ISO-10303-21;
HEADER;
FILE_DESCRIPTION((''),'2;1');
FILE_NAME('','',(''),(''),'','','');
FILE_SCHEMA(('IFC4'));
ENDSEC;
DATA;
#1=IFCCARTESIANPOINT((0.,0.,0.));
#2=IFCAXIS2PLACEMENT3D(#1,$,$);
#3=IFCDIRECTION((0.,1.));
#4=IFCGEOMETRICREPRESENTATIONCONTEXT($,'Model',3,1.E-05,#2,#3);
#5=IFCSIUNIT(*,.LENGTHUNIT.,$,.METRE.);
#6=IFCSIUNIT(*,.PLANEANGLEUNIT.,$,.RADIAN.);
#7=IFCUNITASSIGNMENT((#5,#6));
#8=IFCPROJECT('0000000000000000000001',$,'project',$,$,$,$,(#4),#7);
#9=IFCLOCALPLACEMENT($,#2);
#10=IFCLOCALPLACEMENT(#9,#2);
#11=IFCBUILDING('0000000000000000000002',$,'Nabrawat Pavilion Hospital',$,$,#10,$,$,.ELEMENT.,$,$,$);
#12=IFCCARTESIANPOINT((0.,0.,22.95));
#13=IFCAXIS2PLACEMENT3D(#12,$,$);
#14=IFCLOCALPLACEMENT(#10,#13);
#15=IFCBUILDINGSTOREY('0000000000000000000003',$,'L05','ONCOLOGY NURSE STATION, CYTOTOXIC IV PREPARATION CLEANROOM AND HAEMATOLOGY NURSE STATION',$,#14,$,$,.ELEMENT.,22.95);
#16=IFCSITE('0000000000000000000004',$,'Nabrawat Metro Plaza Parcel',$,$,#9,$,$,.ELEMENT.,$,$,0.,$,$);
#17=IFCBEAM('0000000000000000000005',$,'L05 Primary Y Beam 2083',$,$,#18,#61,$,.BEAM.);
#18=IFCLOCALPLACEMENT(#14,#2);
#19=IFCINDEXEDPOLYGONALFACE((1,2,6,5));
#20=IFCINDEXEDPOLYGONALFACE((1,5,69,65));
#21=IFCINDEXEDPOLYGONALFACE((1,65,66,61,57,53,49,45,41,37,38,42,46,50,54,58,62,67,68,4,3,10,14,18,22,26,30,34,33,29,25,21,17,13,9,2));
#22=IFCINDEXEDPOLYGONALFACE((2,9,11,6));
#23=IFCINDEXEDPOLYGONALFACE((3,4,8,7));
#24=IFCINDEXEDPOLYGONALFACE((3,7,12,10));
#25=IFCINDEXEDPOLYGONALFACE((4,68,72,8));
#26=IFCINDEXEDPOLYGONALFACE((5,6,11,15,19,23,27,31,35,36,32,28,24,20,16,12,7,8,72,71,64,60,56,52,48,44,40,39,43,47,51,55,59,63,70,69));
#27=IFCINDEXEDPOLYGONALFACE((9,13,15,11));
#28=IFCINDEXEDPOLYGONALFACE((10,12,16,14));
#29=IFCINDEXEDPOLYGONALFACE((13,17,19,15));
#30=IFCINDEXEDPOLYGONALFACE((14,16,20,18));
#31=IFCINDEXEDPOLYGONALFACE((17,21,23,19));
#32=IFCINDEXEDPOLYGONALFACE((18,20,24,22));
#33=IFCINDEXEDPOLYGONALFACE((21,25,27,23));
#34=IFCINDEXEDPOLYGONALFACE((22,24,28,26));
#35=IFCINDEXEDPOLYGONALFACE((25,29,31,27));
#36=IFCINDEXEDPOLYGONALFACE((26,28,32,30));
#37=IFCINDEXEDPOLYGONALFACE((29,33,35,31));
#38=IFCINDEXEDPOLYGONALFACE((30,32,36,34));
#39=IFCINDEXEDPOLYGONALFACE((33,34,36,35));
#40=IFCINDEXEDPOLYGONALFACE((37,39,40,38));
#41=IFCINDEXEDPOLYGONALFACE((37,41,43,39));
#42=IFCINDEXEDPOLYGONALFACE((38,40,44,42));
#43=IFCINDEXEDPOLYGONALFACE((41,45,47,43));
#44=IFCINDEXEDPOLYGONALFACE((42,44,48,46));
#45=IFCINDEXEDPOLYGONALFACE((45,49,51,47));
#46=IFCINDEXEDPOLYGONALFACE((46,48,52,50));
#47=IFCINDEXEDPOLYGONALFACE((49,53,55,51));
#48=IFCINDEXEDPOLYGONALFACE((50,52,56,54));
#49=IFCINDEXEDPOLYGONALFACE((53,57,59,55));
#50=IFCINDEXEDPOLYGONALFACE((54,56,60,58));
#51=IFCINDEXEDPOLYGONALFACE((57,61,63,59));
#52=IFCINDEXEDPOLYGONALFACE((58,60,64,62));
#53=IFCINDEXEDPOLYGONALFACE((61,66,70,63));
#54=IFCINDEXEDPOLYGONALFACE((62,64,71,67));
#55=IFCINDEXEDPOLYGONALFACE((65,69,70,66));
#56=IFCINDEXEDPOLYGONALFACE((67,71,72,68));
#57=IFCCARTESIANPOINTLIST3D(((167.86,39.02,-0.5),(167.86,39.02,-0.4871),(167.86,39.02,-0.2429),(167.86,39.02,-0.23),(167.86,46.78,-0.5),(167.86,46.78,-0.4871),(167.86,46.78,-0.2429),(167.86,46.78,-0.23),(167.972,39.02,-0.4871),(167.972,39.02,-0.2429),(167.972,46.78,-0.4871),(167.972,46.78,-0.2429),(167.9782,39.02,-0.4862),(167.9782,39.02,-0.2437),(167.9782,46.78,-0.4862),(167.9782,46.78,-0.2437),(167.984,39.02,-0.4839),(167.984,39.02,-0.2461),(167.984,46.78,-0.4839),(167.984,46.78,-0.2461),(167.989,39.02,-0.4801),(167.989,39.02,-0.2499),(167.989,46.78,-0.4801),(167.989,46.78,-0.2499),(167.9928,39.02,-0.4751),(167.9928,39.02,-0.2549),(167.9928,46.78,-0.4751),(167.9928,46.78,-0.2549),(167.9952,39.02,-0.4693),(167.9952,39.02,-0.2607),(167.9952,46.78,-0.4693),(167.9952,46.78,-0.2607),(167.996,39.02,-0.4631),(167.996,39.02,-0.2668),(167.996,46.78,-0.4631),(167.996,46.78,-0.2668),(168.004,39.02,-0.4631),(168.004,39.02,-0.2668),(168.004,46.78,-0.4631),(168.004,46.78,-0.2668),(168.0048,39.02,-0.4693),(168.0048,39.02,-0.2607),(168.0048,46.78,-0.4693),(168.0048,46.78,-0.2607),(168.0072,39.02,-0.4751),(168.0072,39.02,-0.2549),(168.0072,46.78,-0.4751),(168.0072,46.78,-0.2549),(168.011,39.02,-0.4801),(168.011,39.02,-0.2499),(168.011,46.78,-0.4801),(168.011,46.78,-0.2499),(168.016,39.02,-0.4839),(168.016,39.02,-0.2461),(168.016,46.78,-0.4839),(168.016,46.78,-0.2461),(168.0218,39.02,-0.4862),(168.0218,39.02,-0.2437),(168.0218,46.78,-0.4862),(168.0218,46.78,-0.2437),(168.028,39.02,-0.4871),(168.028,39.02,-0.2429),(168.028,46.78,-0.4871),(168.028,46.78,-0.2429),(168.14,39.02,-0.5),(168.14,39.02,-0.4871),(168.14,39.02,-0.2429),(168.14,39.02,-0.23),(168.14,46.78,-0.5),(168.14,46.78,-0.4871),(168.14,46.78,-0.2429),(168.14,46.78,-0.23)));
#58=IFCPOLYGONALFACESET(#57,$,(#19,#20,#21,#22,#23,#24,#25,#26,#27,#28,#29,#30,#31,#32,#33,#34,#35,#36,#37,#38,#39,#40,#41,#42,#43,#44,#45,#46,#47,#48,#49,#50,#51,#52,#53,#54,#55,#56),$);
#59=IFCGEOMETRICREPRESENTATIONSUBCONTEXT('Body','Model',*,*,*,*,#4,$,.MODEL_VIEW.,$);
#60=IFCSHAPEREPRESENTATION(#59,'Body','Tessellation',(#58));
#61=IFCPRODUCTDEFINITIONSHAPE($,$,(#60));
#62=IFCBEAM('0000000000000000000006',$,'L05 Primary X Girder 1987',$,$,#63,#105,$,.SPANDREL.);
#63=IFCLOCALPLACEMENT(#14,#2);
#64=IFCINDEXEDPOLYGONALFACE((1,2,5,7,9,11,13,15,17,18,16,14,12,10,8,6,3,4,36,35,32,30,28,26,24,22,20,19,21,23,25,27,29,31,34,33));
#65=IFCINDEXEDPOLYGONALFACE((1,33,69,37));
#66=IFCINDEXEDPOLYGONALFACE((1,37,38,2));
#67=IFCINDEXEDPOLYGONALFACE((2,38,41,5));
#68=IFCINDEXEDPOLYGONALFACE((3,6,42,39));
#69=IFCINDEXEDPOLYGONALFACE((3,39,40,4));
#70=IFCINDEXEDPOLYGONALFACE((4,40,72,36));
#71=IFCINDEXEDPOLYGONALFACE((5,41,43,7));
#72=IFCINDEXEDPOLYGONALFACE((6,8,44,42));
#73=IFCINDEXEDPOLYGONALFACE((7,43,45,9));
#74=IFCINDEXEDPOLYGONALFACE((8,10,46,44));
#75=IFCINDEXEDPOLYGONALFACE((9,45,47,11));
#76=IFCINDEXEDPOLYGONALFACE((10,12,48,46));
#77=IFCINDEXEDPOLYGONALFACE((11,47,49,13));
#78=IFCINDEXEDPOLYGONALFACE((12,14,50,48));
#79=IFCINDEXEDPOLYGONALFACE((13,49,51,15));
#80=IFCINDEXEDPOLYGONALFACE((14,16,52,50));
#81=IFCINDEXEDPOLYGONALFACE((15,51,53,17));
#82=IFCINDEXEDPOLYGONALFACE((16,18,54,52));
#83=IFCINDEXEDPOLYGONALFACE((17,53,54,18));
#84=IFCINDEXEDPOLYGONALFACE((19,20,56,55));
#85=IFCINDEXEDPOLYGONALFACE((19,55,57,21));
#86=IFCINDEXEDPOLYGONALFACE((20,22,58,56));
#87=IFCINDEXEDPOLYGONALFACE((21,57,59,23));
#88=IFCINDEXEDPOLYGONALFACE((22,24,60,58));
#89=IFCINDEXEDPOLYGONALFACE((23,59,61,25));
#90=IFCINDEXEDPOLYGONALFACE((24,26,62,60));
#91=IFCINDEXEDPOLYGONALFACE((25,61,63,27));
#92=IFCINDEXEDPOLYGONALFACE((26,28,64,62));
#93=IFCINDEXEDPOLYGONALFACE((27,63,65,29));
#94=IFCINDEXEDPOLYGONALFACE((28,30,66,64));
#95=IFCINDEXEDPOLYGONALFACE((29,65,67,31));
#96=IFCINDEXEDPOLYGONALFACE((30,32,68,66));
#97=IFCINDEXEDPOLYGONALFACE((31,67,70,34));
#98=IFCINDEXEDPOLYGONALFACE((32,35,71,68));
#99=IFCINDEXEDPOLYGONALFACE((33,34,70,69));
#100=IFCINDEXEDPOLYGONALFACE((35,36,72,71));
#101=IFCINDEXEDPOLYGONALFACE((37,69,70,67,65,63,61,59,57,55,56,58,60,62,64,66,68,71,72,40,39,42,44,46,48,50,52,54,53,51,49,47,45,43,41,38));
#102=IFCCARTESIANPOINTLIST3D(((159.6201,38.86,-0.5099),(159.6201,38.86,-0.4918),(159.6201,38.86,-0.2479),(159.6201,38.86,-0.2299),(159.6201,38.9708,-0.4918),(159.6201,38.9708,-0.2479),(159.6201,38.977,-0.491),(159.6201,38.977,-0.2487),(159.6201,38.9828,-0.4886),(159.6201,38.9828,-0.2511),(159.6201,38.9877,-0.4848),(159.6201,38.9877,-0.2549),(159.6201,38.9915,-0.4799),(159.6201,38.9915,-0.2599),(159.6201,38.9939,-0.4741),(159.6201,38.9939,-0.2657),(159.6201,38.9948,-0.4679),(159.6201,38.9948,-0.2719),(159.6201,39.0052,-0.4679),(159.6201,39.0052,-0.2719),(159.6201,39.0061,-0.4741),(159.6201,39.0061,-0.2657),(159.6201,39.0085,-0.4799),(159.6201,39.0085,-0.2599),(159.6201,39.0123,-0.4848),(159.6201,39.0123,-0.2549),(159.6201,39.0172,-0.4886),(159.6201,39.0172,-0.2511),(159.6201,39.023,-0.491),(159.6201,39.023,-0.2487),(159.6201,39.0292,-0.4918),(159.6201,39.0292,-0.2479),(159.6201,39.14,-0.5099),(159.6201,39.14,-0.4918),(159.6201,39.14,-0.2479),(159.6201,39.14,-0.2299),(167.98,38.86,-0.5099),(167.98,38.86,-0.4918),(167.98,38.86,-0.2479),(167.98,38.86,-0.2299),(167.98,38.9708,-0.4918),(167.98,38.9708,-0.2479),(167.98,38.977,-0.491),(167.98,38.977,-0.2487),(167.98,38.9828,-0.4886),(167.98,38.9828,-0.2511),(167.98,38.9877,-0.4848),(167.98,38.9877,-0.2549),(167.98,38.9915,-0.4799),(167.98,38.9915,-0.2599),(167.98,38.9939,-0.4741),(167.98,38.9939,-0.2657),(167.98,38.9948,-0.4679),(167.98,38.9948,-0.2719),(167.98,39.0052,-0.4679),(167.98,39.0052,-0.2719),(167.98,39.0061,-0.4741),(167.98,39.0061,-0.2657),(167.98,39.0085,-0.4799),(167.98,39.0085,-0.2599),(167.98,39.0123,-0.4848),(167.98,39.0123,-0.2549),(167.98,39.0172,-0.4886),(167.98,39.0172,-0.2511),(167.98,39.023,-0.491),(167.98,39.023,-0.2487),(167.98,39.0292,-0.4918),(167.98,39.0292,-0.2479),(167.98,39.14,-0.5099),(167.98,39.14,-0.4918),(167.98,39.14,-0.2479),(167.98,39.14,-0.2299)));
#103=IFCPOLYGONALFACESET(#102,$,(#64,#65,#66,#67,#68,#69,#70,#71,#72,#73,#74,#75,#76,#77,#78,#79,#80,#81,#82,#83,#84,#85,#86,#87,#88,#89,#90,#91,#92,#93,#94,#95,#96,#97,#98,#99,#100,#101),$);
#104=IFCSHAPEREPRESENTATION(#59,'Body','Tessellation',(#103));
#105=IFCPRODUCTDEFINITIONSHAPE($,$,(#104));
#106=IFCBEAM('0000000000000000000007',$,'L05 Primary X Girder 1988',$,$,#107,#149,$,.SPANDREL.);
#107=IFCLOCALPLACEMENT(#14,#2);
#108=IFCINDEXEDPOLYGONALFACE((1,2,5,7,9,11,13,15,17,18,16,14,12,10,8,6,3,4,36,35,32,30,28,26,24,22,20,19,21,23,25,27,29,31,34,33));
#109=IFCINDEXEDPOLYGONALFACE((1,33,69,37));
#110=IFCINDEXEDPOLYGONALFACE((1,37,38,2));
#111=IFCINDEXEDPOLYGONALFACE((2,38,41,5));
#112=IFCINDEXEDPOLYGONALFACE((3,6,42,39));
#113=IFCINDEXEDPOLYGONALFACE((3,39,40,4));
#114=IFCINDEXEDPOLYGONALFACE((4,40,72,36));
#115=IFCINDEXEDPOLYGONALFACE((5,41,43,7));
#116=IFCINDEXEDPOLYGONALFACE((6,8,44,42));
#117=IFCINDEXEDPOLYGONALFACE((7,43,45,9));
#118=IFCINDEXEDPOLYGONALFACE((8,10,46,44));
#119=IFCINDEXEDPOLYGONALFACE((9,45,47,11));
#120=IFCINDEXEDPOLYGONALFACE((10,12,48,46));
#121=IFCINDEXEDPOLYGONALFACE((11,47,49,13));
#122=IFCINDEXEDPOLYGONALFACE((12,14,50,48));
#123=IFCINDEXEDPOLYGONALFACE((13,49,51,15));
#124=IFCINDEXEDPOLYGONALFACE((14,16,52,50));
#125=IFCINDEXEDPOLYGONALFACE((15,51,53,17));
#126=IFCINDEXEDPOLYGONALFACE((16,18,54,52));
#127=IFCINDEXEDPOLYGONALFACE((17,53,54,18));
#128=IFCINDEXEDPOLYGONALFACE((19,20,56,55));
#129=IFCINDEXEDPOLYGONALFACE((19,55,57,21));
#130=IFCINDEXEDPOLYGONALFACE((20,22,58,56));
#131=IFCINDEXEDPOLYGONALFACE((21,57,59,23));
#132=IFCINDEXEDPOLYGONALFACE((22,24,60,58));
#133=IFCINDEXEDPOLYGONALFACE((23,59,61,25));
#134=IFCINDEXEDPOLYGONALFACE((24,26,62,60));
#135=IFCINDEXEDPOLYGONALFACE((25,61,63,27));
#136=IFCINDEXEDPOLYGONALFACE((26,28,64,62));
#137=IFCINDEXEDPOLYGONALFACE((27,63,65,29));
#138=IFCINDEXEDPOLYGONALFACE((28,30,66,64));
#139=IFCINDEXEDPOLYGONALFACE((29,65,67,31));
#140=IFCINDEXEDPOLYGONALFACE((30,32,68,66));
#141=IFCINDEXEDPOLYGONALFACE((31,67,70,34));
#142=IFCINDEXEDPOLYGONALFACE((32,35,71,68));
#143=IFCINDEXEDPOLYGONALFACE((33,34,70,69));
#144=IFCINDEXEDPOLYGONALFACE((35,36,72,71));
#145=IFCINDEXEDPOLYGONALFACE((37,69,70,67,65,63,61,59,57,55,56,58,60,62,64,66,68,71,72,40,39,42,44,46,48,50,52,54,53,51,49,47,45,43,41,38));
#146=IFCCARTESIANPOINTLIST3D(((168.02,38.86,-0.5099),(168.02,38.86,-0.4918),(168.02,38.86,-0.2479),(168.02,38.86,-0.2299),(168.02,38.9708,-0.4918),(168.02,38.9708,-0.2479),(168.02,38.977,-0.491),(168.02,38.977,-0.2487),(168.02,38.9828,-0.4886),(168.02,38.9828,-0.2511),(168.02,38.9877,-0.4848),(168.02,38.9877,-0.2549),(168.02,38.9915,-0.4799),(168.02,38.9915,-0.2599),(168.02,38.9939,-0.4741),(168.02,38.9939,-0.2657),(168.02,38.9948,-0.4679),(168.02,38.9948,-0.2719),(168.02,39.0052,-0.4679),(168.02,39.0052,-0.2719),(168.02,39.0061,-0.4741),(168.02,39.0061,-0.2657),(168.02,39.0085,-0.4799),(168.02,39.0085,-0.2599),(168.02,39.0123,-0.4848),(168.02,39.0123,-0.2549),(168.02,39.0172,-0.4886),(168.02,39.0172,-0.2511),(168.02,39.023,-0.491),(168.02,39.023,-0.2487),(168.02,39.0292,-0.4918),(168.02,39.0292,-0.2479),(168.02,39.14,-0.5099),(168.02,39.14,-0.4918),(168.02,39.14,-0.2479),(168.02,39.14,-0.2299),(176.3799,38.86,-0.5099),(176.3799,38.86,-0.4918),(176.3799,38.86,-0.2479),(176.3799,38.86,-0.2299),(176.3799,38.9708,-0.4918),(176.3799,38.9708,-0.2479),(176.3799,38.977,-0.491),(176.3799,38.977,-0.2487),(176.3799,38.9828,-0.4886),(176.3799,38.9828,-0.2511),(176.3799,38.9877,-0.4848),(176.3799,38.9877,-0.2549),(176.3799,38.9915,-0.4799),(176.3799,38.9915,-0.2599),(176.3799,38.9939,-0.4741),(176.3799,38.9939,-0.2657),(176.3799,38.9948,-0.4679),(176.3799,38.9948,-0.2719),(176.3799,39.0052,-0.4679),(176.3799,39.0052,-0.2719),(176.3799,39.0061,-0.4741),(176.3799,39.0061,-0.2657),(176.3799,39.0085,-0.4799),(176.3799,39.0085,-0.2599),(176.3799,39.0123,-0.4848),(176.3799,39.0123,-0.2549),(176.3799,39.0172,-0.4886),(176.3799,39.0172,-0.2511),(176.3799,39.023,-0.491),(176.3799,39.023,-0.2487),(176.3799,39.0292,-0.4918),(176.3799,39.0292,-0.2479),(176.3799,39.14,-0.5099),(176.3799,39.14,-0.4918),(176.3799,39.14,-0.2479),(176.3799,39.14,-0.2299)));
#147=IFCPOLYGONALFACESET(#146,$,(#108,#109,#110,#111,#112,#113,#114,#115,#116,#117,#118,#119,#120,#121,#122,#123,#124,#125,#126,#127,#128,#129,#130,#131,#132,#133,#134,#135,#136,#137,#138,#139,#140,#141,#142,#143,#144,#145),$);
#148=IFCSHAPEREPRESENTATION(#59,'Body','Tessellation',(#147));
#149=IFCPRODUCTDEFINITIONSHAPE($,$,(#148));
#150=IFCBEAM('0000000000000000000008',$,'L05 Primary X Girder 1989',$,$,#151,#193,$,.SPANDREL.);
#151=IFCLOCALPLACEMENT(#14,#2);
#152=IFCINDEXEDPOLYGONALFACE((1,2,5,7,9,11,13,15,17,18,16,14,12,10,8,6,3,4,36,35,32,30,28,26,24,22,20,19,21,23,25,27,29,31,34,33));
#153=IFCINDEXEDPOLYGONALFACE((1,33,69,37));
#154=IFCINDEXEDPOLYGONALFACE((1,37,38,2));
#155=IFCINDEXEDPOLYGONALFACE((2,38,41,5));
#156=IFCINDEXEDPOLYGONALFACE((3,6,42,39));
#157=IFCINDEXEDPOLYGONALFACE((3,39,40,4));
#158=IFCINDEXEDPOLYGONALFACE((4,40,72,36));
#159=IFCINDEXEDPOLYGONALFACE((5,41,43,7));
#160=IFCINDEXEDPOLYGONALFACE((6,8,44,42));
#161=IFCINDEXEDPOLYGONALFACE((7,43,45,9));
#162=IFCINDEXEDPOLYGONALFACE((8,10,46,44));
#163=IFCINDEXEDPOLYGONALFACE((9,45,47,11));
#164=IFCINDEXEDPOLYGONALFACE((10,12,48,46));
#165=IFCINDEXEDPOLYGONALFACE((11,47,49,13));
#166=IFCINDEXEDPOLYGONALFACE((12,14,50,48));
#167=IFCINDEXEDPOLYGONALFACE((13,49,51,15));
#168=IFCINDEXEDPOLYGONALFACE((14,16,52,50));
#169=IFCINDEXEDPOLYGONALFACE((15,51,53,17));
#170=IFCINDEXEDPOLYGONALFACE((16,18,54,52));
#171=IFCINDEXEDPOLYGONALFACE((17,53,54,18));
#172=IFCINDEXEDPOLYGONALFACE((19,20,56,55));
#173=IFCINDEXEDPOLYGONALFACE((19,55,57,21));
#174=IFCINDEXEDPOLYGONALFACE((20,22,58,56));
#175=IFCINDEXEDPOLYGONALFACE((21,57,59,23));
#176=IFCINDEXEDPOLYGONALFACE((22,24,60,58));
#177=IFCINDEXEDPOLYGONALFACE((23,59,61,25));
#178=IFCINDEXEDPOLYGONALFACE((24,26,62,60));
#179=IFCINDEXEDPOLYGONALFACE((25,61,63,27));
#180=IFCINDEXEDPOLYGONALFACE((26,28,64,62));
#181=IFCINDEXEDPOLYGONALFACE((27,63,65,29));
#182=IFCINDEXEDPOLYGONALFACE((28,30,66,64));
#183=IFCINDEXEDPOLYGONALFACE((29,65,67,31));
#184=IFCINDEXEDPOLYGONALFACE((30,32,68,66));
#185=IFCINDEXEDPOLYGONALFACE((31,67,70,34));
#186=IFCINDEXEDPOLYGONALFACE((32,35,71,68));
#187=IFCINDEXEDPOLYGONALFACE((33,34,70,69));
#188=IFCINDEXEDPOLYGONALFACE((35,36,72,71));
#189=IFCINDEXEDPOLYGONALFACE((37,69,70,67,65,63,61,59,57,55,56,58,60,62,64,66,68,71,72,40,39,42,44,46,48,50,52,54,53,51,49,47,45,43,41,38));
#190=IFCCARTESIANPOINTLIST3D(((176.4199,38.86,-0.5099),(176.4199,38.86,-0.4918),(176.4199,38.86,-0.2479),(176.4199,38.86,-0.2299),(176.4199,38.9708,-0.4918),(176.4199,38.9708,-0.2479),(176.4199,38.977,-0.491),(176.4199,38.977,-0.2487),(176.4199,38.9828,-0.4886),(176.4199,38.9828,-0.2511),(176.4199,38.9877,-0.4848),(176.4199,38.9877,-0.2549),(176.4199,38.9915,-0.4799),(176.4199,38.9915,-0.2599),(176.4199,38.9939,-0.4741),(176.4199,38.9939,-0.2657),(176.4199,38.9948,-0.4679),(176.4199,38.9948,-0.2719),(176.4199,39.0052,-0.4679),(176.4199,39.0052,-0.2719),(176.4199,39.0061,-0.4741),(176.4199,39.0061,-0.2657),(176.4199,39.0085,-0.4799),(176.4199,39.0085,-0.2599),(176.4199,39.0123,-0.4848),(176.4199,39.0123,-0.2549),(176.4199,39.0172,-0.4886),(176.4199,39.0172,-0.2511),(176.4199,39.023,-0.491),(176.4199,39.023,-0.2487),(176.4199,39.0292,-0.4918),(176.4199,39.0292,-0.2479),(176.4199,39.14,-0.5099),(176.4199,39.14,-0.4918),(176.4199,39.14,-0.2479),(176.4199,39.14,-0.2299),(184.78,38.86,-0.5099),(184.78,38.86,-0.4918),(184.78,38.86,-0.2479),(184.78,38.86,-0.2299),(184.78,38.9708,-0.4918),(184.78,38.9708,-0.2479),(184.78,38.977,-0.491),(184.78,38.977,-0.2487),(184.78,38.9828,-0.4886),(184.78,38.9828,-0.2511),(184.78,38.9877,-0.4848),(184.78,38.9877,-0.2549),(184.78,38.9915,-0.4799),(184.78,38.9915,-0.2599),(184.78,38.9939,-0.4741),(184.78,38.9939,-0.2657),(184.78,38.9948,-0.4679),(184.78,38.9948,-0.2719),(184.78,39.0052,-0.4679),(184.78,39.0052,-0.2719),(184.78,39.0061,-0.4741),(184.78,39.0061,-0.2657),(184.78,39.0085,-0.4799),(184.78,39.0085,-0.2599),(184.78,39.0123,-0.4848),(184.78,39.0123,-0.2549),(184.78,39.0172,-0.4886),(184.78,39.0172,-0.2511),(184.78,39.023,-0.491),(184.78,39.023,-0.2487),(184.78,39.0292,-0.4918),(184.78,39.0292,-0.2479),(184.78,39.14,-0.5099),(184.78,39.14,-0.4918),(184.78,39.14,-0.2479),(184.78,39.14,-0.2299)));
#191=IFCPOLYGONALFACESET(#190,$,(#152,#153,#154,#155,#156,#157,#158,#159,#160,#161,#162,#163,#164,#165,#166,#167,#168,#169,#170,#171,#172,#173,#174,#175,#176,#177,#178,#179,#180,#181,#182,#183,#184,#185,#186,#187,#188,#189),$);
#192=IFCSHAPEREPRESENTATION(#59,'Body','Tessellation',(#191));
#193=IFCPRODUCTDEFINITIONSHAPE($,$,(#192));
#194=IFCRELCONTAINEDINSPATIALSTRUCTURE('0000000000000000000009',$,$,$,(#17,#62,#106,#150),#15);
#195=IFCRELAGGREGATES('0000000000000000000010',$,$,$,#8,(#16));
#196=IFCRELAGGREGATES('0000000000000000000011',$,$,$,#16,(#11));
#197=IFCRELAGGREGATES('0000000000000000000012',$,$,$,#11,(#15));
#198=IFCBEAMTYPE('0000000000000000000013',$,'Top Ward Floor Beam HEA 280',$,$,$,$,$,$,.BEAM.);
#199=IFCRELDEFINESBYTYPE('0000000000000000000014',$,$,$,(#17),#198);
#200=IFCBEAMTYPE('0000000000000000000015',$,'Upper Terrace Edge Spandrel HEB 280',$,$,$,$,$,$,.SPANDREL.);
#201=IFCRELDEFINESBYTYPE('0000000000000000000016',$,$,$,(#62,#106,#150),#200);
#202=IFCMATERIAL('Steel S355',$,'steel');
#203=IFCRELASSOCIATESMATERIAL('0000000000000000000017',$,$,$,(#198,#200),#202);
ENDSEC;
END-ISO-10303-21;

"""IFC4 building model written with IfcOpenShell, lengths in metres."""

from ifc_helpers import new_model, si_unit, direction, frame, origin, origin_2d, place, context, subcontext, project, spatial, i_section, extrude, material, material_profile, profile_set, type_object, element, save


model = new_model("IFC4")

# Units and contexts
model_context = context("Model", 3, precision=1e-05, world=origin(), true_north=direction((0.0, 1.0)))
body_context = subcontext(model_context, "Body", "Model", "MODEL_VIEW")
ifc_project = project(units=[si_unit("LENGTHUNIT", "METRE"), si_unit("PLANEANGLEUNIT", "RADIAN")], contexts=[model_context])

# Site, building, storey
site_placement = place(None, origin())
site = spatial("IfcSite", under=ifc_project, at=site_placement, Name="Nabrawat Metro Plaza Parcel", CompositionType="ELEMENT", RefElevation=0.0)
building_placement = place(site_placement, origin())
building = spatial("IfcBuilding", under=site, at=building_placement, Name="Nabrawat Pavilion Hospital", CompositionType="ELEMENT")
storey_placement = place(building_placement, frame((0.0, 0.0, 22.95)))
storey = spatial("IfcBuildingStorey", under=building, at=storey_placement, Name="L05", Description="ONCOLOGY NURSE STATION, CYTOTOXIC IV PREPARATION CLEANROOM AND HAEMATOLOGY NURSE STATION", CompositionType="ELEMENT", Elevation=22.95)

# Shared definitions
ifc_material_1 = material(Name="Steel S355", Category="steel")

# Beams
ifc_material_profile_1 = material_profile(ifc_material_1, i_section(OverallWidth=0.28, OverallDepth=0.27, WebThickness=0.0081, FlangeThickness=0.0129, FilletRadius=0.0239, at=origin_2d()), Name="HEA 280")
ifc_profile_set_1 = profile_set([ifc_material_profile_1], Name="Steel S355")
beam_type_1 = type_object("IfcBeamType", Name="Top Ward Floor Beam HEA 280", PredefinedType="BEAM", material=ifc_profile_set_1)
beam_1_placement = place(storey_placement, frame((168.0, 39.02, -0.365), z_axis=(0.0, 1.0, 0.0), x_axis=(-1.0, 0.0, 0.0)))
element("IfcBeam", 1, at=beam_1_placement, inside=storey, type_object=beam_type_1, Name="L05 Primary Y Beam 2083", PredefinedType="BEAM", context=body_context, shape_type="SweptSolid", body=[
    extrude(i_section(OverallWidth=0.28, OverallDepth=0.27, WebThickness=0.0081, FlangeThickness=0.0129, FilletRadius=0.0239, at=origin_2d()), origin(), (0.0, 0.0, 1.0), 7.76),
])
ifc_material_profile_2 = material_profile(ifc_material_1, i_section(OverallWidth=0.28, OverallDepth=0.28, WebThickness=0.0105, FlangeThickness=0.0181, FilletRadius=0.0239, at=origin_2d()), Name="HEB 280")
ifc_profile_set_2 = profile_set([ifc_material_profile_2], Name="Steel S355")
beam_type_2 = type_object("IfcBeamType", Name="Upper Terrace Edge Spandrel HEB 280", PredefinedType="SPANDREL", material=ifc_profile_set_2)
for number, where, z_axis, x_axis, name in (
    (2, (159.6201, 39.0, -0.3699), (1.0, 0.0, 0.0), (0.0, 1.0, 0.0), "L05 Primary X Girder 1987"),
    (3, (168.02, 39.0, -0.3699), (1.0, 0.0, 0.0), (0.0, 1.0, 0.0), "L05 Primary X Girder 1988"),
):
    element("IfcBeam", number, at=place(storey_placement, frame(where, z_axis=z_axis, x_axis=x_axis)), inside=storey, type_object=beam_type_2, Name=name, PredefinedType="SPANDREL", context=body_context, shape_type="SweptSolid", body=[
        extrude(i_section(OverallWidth=0.28, OverallDepth=0.28, WebThickness=0.0105, FlangeThickness=0.0181, FilletRadius=0.0239, at=origin_2d()), origin(), (0.0, 0.0, 1.0), 8.3599),
    ])
beam_2_placement = place(storey_placement, frame((176.4199, 39.0, -0.3699), z_axis=(1.0, 0.0, 0.0), x_axis=(0.0, 1.0, 0.0)))
element("IfcBeam", 4, at=beam_2_placement, inside=storey, type_object=beam_type_2, Name="L05 Primary X Girder 1989", PredefinedType="SPANDREL", context=body_context, shape_type="SweptSolid", body=[
    extrude(i_section(OverallWidth=0.28, OverallDepth=0.28, WebThickness=0.0105, FlangeThickness=0.0181, FilletRadius=0.0239, at=origin_2d()), origin(), (0.0, 0.0, 1.0), 8.3601),
])

save(model, "model.ifc")
